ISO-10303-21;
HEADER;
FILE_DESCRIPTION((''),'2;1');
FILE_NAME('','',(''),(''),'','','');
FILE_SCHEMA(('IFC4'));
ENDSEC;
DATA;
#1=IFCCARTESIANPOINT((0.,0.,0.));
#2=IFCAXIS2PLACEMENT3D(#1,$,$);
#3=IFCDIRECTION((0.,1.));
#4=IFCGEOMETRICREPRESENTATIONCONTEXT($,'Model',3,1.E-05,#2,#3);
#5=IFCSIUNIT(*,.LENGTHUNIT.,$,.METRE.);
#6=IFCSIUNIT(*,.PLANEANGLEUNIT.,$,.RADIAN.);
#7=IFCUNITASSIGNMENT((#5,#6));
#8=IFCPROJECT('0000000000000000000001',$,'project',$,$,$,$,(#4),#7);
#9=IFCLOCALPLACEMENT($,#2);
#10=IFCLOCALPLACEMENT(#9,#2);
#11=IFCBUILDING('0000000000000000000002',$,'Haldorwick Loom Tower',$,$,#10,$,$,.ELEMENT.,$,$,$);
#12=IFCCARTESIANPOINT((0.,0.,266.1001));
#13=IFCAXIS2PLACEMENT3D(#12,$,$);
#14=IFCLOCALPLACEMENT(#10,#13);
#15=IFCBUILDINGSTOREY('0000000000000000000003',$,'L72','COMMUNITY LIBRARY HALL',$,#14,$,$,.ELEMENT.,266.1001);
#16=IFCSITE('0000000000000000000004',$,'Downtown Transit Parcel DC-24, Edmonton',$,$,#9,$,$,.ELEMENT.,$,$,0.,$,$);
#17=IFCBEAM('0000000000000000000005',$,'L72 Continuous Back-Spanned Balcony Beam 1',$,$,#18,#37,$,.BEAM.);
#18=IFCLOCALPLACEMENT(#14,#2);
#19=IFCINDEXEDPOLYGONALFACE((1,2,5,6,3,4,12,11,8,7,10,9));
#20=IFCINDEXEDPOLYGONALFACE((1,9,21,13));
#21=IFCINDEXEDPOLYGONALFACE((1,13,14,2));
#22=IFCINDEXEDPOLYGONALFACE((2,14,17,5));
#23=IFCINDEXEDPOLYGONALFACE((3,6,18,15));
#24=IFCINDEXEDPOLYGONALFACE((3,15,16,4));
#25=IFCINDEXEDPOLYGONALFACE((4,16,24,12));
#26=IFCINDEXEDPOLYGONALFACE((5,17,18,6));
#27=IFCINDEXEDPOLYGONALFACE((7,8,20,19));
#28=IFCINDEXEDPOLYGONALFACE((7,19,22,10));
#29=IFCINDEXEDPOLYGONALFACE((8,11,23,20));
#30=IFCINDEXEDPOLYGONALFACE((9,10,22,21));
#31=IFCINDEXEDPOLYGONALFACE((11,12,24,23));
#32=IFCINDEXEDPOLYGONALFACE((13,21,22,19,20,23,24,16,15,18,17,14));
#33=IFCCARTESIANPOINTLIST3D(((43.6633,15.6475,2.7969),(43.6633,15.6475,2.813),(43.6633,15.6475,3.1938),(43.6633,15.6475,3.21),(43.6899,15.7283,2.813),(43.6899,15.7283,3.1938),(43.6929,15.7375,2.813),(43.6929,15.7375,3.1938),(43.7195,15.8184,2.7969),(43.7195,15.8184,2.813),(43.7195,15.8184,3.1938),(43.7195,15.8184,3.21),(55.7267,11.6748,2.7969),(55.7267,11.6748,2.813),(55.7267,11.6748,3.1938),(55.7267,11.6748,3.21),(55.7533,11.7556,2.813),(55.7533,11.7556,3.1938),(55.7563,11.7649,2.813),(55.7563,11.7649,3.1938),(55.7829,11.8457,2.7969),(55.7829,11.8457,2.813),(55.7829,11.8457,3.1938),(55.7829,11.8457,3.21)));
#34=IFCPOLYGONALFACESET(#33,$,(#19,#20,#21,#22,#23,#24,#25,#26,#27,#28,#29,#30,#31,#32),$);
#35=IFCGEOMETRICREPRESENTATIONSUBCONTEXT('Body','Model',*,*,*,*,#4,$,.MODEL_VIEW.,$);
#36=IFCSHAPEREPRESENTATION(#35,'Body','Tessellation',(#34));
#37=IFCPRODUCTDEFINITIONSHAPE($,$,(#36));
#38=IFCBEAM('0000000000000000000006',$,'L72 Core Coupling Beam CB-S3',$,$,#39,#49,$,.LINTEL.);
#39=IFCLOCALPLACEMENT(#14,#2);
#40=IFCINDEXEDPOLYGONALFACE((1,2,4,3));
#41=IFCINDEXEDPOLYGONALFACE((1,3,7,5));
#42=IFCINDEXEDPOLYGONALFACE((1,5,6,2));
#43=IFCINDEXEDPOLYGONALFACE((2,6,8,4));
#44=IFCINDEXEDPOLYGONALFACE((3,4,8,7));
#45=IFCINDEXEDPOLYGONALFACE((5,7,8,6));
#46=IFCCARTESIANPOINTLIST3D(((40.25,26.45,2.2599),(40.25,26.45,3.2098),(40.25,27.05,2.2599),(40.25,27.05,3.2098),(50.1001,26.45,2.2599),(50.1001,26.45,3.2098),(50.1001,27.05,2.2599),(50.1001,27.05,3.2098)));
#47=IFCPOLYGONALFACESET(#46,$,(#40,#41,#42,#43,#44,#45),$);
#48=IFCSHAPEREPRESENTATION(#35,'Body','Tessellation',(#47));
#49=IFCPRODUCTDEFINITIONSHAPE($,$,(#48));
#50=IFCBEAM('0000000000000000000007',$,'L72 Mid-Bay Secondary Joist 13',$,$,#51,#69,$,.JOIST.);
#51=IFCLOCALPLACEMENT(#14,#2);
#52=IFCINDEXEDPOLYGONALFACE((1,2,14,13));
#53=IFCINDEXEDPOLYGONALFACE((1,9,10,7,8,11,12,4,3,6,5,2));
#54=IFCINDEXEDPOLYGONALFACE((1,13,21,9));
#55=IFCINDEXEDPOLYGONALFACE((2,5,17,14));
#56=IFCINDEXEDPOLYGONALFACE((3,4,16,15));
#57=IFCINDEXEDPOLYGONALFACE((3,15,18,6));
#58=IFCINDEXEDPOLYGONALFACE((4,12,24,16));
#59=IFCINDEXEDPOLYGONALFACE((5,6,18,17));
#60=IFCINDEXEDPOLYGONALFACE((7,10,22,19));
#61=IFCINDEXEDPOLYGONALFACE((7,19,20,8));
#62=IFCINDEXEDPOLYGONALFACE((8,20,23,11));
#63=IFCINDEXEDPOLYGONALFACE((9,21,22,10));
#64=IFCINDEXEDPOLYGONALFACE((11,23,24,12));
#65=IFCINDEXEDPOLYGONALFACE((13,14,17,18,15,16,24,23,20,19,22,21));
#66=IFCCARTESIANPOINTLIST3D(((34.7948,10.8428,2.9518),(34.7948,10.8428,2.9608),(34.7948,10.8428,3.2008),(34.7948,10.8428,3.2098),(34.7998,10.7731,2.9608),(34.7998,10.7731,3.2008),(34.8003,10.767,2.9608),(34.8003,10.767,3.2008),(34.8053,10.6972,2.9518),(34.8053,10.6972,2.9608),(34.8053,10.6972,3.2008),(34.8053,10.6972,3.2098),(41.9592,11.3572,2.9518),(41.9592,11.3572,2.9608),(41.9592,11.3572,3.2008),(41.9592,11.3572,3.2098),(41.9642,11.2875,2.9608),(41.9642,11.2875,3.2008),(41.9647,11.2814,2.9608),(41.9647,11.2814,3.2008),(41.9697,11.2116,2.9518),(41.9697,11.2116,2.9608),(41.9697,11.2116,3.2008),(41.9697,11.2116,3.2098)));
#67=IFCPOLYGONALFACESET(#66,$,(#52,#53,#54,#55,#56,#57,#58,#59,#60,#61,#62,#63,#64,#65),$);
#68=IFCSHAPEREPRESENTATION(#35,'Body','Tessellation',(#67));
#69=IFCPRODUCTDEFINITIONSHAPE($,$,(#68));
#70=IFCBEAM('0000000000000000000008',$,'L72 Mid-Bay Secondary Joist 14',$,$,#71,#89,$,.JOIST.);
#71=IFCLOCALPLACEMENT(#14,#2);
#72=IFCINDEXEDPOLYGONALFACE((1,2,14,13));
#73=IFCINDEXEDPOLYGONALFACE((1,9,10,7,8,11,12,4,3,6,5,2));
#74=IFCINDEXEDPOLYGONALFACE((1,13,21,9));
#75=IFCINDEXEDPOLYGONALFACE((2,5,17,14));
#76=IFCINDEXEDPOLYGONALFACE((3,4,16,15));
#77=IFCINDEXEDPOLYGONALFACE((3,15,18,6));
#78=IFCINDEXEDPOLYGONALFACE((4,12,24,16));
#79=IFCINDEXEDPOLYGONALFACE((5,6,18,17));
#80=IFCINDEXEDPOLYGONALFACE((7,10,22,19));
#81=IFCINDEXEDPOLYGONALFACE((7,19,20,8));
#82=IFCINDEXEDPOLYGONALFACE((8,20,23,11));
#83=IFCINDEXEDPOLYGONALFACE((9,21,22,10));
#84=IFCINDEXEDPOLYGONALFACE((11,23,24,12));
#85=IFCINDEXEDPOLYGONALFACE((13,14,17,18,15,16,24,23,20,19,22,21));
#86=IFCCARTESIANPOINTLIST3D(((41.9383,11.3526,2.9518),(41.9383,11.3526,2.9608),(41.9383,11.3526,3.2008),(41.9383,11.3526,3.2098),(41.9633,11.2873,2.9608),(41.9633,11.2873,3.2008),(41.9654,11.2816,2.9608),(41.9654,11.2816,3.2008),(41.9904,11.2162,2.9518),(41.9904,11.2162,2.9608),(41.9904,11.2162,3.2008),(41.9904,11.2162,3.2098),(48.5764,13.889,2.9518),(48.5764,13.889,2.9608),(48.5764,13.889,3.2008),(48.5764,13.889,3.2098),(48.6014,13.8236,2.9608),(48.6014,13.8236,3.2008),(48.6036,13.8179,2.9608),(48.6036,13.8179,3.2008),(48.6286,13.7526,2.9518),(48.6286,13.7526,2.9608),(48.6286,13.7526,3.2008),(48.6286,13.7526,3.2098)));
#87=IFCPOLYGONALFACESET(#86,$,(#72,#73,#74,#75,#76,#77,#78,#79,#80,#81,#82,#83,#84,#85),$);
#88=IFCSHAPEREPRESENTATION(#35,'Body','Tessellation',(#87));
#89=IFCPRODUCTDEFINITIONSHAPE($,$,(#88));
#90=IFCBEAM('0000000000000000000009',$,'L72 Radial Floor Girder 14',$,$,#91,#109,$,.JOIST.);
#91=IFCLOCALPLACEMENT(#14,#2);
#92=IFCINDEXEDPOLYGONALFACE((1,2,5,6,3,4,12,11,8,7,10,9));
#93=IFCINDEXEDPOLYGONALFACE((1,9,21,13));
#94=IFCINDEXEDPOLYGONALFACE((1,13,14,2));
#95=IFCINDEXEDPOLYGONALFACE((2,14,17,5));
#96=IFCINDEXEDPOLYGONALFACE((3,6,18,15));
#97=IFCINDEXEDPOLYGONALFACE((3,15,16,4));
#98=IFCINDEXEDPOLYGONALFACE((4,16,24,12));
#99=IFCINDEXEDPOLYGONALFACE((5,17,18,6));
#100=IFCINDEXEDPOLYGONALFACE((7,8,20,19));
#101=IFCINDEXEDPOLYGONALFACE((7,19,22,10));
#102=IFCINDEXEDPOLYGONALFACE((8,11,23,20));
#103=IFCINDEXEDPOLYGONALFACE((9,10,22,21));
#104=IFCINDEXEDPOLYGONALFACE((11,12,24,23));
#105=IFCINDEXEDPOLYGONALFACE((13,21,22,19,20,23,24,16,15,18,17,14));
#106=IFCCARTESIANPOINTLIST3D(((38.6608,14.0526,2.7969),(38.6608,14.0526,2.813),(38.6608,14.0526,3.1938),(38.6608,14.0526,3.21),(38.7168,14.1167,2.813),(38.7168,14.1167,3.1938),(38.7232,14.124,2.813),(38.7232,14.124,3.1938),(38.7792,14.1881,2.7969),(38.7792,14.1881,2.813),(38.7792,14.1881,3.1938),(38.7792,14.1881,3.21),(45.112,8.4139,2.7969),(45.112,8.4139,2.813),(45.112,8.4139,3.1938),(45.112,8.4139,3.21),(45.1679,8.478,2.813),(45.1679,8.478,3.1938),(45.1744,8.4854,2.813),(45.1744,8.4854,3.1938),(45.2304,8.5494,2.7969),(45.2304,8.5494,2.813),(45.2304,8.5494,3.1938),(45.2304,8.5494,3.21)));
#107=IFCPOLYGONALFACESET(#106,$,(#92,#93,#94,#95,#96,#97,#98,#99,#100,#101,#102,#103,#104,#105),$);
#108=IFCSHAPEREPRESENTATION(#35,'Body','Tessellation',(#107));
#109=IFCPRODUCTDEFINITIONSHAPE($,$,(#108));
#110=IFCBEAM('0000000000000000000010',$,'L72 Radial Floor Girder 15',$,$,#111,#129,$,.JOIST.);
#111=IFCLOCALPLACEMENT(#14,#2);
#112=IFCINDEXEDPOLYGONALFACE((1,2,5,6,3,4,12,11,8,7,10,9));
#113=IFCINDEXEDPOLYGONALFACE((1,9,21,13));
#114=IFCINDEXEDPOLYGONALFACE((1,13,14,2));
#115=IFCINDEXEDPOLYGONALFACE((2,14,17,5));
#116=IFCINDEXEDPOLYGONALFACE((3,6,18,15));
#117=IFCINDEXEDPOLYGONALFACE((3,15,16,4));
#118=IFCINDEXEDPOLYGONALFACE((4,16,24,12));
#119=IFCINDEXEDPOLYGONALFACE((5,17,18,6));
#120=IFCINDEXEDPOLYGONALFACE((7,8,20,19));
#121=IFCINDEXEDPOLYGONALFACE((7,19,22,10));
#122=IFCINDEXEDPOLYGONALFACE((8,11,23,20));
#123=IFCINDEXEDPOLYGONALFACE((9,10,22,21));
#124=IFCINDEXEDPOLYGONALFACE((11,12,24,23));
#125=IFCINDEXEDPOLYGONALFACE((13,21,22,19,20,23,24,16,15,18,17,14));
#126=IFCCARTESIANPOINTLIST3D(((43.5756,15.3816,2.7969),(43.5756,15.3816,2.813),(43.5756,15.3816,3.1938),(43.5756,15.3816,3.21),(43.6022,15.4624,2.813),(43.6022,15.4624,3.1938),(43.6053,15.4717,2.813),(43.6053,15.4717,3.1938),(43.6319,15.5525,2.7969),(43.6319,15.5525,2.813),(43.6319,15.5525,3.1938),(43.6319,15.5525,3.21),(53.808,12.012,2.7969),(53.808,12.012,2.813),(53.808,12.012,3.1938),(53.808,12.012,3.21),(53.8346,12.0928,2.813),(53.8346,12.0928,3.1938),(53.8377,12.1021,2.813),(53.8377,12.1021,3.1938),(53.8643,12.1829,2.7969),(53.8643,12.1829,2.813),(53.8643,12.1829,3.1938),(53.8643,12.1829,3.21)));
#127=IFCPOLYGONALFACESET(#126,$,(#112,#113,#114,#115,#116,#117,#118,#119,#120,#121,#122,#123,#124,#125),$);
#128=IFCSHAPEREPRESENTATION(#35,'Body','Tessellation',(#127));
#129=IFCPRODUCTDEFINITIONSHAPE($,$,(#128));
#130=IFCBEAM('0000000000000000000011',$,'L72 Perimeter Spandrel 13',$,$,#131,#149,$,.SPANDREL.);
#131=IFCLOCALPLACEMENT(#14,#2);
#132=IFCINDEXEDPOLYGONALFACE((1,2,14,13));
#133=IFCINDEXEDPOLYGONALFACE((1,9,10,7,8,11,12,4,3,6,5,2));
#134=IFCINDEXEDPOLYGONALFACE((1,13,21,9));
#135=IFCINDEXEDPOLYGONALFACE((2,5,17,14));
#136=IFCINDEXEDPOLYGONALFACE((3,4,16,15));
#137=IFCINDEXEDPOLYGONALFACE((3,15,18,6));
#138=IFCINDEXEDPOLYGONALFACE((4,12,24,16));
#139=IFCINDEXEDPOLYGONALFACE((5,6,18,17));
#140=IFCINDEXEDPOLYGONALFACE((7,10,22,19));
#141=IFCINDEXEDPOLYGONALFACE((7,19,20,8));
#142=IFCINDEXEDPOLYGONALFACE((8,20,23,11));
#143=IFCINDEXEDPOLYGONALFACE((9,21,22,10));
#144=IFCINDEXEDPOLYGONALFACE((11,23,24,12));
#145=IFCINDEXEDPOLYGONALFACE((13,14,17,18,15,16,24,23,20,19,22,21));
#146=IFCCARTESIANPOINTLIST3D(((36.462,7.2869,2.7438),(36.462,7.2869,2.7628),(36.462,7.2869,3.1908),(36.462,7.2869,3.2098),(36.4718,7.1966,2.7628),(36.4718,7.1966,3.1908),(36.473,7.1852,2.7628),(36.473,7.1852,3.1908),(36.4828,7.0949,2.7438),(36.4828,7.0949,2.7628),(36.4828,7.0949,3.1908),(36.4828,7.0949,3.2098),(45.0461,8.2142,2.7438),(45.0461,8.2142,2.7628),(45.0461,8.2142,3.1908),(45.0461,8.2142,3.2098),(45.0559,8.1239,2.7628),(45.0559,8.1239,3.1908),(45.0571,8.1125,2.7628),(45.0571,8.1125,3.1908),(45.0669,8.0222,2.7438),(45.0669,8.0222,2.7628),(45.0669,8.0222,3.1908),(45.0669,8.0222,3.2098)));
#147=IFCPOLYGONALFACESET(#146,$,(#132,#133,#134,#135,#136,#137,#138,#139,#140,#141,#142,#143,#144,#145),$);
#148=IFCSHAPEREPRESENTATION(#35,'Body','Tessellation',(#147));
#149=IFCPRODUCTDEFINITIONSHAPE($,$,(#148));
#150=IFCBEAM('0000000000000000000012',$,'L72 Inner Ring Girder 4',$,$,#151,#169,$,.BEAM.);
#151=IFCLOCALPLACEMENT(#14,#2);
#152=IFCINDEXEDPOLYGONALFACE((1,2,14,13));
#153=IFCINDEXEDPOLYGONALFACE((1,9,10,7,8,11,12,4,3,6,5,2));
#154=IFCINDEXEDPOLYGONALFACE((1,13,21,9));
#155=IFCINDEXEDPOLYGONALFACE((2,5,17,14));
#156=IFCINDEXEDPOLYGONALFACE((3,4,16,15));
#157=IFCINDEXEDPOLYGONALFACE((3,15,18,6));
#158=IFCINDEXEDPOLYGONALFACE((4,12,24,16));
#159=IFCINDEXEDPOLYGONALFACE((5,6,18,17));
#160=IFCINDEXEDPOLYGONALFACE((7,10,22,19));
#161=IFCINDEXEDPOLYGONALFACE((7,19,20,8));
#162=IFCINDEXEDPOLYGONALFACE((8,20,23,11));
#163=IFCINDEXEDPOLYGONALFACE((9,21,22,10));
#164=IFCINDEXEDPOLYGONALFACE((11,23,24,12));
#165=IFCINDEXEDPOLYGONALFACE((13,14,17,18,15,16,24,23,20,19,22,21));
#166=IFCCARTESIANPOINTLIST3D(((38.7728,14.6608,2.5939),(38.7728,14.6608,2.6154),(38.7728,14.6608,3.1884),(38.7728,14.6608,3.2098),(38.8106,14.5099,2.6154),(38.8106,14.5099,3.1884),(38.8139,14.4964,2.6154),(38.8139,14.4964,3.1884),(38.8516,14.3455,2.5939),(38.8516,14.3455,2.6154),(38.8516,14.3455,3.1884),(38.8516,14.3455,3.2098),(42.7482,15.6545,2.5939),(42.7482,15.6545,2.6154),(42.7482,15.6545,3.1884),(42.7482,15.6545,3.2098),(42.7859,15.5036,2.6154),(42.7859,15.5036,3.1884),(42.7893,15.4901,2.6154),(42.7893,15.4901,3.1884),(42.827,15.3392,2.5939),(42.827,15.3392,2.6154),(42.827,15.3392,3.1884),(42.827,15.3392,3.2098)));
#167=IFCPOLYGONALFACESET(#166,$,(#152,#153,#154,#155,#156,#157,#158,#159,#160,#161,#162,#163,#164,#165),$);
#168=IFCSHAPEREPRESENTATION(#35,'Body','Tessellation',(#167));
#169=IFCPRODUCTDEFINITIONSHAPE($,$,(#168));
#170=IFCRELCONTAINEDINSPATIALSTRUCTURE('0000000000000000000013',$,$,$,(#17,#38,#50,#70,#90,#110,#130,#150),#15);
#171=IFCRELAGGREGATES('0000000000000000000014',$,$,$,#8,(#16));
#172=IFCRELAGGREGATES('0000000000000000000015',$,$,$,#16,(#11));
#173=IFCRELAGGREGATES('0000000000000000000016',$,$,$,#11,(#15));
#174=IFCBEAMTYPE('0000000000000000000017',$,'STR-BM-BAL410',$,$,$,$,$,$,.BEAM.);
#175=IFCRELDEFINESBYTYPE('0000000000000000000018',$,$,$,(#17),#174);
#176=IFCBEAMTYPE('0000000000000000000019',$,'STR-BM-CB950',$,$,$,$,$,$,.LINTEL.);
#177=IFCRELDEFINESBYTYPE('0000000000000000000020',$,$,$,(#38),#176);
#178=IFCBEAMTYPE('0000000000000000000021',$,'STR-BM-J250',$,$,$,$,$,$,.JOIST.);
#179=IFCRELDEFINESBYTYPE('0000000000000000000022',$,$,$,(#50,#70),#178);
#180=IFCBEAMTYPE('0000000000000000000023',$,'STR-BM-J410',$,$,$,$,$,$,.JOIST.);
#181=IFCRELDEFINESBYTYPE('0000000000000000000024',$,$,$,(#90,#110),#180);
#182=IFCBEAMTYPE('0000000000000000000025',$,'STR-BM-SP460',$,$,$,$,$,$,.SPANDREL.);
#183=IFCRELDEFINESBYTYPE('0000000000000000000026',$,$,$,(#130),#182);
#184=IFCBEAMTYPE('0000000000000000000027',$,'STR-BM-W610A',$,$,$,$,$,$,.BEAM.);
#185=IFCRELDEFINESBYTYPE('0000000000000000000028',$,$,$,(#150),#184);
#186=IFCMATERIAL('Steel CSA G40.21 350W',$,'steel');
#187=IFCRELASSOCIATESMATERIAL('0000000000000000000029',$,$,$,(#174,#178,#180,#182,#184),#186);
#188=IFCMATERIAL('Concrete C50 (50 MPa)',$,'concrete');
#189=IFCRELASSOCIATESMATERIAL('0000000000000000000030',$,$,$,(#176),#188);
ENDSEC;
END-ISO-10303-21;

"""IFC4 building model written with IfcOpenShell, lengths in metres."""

from ifc_helpers import new_model, si_unit, direction, frame, origin, origin_2d, place, context, subcontext, project, spatial, rectangle, i_section, extrude, material, material_profile, profile_set, type_object, element, save


model = new_model("IFC4")

# Units and contexts
model_context = context("Model", 3, precision=1e-05, world=origin(), true_north=direction((0.0, 1.0)))
body_context = subcontext(model_context, "Body", "Model", "MODEL_VIEW")
ifc_project = project(units=[si_unit("LENGTHUNIT", "METRE"), si_unit("PLANEANGLEUNIT", "RADIAN")], contexts=[model_context])

# Site, building, storey
site_placement = place(None, origin())
site = spatial("IfcSite", under=ifc_project, at=site_placement, Name="Downtown Transit Parcel DC-24, Edmonton", CompositionType="ELEMENT", RefElevation=0.0)
building_placement = place(site_placement, origin())
building = spatial("IfcBuilding", under=site, at=building_placement, Name="Haldorwick Loom Tower", CompositionType="ELEMENT")
storey_placement = place(building_placement, frame((0.0, 0.0, 266.1001)))
storey = spatial("IfcBuildingStorey", under=building, at=storey_placement, Name="L72", Description="COMMUNITY LIBRARY HALL", CompositionType="ELEMENT", Elevation=266.1001)

# Shared definitions
ifc_material_1 = material(Name="Concrete C50 (50 MPa)", Category="concrete")
ifc_material_2 = material(Name="Steel CSA G40.21 350W", Category="steel")

# Beams
ifc_material_profile_1 = material_profile(ifc_material_2, i_section(OverallWidth=0.1799, OverallDepth=0.4131, WebThickness=0.0098, FlangeThickness=0.0161, at=origin_2d()), Name="W410X74", Category="steel")
ifc_profile_set_1 = profile_set([ifc_material_profile_1], Name="Steel CSA G40.21 350W")
beam_type_1 = type_object("IfcBeamType", Name="STR-BM-BAL410", PredefinedType="BEAM", material=ifc_profile_set_1)
beam_1_placement = place(storey_placement, frame((43.6914, 15.7329, 3.0034), z_axis=(0.949823, -0.312789, 0.0), x_axis=(0.312789, 0.949823, 0.0)))
element("IfcBeam", 1, at=beam_1_placement, inside=storey, type_object=beam_type_1, Name="L72 Continuous Back-Spanned Balcony Beam 1", PredefinedType="BEAM", context=body_context, shape_type="SweptSolid", body=[
    extrude(i_section(OverallWidth=0.1799, OverallDepth=0.4131, WebThickness=0.0098, FlangeThickness=0.0161, at=origin_2d()), origin(), (0.0, 0.0, 1.0), 12.7007),
])
ifc_material_profile_2 = material_profile(ifc_material_1, rectangle(XDim=0.6001, YDim=0.95, at=origin_2d()), Name="RC600X950", Category="concrete")
ifc_profile_set_2 = profile_set([ifc_material_profile_2], Name="Concrete C50 (50 MPa)")
beam_type_2 = type_object("IfcBeamType", Name="STR-BM-CB950", PredefinedType="LINTEL", material=ifc_profile_set_2)
beam_2_placement = place(storey_placement, frame((40.25, 26.75, 2.7349), z_axis=(1.0, 0.0, 0.0), x_axis=(0.0, 1.0, 0.0)))
element("IfcBeam", 2, at=beam_2_placement, inside=storey, type_object=beam_type_2, Name="L72 Core Coupling Beam CB-S3", PredefinedType="LINTEL", context=body_context, shape_type="SweptSolid", body=[
    extrude(rectangle(XDim=0.6001, YDim=0.95, at=origin_2d()), origin(), (0.0, 0.0, 1.0), 9.8501),
])
ifc_material_profile_3 = material_profile(ifc_material_2, i_section(OverallWidth=0.146, OverallDepth=0.2581, WebThickness=0.0061, FlangeThickness=0.009, at=origin_2d()), Name="W250X33", Category="steel")
ifc_profile_set_3 = profile_set([ifc_material_profile_3], Name="Steel CSA G40.21 350W")
beam_type_3 = type_object("IfcBeamType", Name="STR-BM-J250", PredefinedType="JOIST", material=ifc_profile_set_3)
beam_3_placement = place(storey_placement, frame((34.8, 10.77, 3.0808), z_axis=(0.997432, 0.071617, 0.0), x_axis=(-0.071617, 0.997432, 0.0)))
element("IfcBeam", 3, at=beam_3_placement, inside=storey, type_object=beam_type_3, Name="L72 Mid-Bay Secondary Joist 13", PredefinedType="JOIST", context=body_context, shape_type="SweptSolid", body=[
    extrude(i_section(OverallWidth=0.146, OverallDepth=0.2581, WebThickness=0.0061, FlangeThickness=0.009, at=origin_2d()), origin(), (0.0, 0.0, 1.0), 7.1829),
])
beam_4_placement = place(storey_placement, frame((41.9644, 11.2844, 3.0808), z_axis=(0.934134, 0.356922, 0.0), x_axis=(-0.356922, 0.934134, 0.0)))
element("IfcBeam", 4, at=beam_4_placement, inside=storey, type_object=beam_type_3, Name="L72 Mid-Bay Secondary Joist 14", PredefinedType="JOIST", context=body_context, shape_type="SweptSolid", body=[
    extrude(i_section(OverallWidth=0.146, OverallDepth=0.2581, WebThickness=0.0061, FlangeThickness=0.009, at=origin_2d()), origin(), (0.0, 0.0, 1.0), 7.1062),
])
ifc_material_profile_4 = material_profile(ifc_material_2, i_section(OverallWidth=0.1799, OverallDepth=0.4131, WebThickness=0.0098, FlangeThickness=0.0161, at=origin_2d()), Name="W410X74", Category="steel")
ifc_profile_set_4 = profile_set([ifc_material_profile_4], Name="Steel CSA G40.21 350W")
beam_type_4 = type_object("IfcBeamType", Name="STR-BM-J410", PredefinedType="JOIST", material=ifc_profile_set_4)
beam_5_placement = place(storey_placement, frame((38.72, 14.1204, 3.0034), z_axis=(0.75293, -0.658101, 0.0), x_axis=(0.658101, 0.75293, 0.0)))
element("IfcBeam", 5, at=beam_5_placement, inside=storey, type_object=beam_type_4, Name="L72 Radial Floor Girder 14", PredefinedType="JOIST", context=body_context, shape_type="SweptSolid", body=[
    extrude(i_section(OverallWidth=0.1799, OverallDepth=0.4131, WebThickness=0.0098, FlangeThickness=0.0161, at=origin_2d()), origin(), (0.0, 0.0, 1.0), 8.5681),
])
beam_6_placement = place(storey_placement, frame((43.6038, 15.467, 3.0034), z_axis=(0.949824, -0.312786, 0.0), x_axis=(0.312786, 0.949824, 0.0)))
element("IfcBeam", 6, at=beam_6_placement, inside=storey, type_object=beam_type_4, Name="L72 Radial Floor Girder 15", PredefinedType="JOIST", context=body_context, shape_type="SweptSolid", body=[
    extrude(i_section(OverallWidth=0.1799, OverallDepth=0.4131, WebThickness=0.0098, FlangeThickness=0.0161, at=origin_2d()), origin(), (0.0, 0.0, 1.0), 10.7729),
])
ifc_material_profile_5 = material_profile(ifc_material_2, i_section(OverallWidth=0.1931, OverallDepth=0.4661, WebThickness=0.0115, FlangeThickness=0.019, at=origin_2d()), Name="W460X97", Category="steel")
ifc_profile_set_5 = profile_set([ifc_material_profile_5], Name="Steel CSA G40.21 350W")
beam_type_5 = type_object("IfcBeamType", Name="STR-BM-SP460", PredefinedType="SPANDREL", material=ifc_profile_set_5)
beam_7_placement = place(storey_placement, frame((36.4724, 7.1909, 2.9768), z_axis=(0.994216, 0.107396, 0.0), x_axis=(-0.107396, 0.994216, 0.0)))
element("IfcBeam", 7, at=beam_7_placement, inside=storey, type_object=beam_type_5, Name="L72 Perimeter Spandrel 13", PredefinedType="SPANDREL", context=body_context, shape_type="SweptSolid", body=[
    extrude(i_section(OverallWidth=0.1931, OverallDepth=0.4661, WebThickness=0.0115, FlangeThickness=0.019, at=origin_2d()), origin(), (0.0, 0.0, 1.0), 8.634),
])
ifc_material_profile_6 = material_profile(ifc_material_2, i_section(OverallWidth=0.325, OverallDepth=0.616, WebThickness=0.0139, FlangeThickness=0.0215, at=origin_2d()), Name="W610X174", Category="steel")
ifc_profile_set_6 = profile_set([ifc_material_profile_6], Name="Steel CSA G40.21 350W")
beam_type_6 = type_object("IfcBeamType", Name="STR-BM-W610A", PredefinedType="BEAM", material=ifc_profile_set_6)
beam_8_placement = place(storey_placement, frame((42.7876, 15.4968, 2.9019), z_axis=(-0.970153, -0.242494, 0.0), x_axis=(0.242494, -0.970153, 0.0)))
element("IfcBeam", 8, at=beam_8_placement, inside=storey, type_object=beam_type_6, Name="L72 Inner Ring Girder 4", PredefinedType="BEAM", context=body_context, shape_type="SweptSolid", body=[
    extrude(i_section(OverallWidth=0.325, OverallDepth=0.616, WebThickness=0.0139, FlangeThickness=0.0215, at=origin_2d()), origin(), (0.0, 0.0, 1.0), 4.0977),
])

save(model, "model.ifc")
